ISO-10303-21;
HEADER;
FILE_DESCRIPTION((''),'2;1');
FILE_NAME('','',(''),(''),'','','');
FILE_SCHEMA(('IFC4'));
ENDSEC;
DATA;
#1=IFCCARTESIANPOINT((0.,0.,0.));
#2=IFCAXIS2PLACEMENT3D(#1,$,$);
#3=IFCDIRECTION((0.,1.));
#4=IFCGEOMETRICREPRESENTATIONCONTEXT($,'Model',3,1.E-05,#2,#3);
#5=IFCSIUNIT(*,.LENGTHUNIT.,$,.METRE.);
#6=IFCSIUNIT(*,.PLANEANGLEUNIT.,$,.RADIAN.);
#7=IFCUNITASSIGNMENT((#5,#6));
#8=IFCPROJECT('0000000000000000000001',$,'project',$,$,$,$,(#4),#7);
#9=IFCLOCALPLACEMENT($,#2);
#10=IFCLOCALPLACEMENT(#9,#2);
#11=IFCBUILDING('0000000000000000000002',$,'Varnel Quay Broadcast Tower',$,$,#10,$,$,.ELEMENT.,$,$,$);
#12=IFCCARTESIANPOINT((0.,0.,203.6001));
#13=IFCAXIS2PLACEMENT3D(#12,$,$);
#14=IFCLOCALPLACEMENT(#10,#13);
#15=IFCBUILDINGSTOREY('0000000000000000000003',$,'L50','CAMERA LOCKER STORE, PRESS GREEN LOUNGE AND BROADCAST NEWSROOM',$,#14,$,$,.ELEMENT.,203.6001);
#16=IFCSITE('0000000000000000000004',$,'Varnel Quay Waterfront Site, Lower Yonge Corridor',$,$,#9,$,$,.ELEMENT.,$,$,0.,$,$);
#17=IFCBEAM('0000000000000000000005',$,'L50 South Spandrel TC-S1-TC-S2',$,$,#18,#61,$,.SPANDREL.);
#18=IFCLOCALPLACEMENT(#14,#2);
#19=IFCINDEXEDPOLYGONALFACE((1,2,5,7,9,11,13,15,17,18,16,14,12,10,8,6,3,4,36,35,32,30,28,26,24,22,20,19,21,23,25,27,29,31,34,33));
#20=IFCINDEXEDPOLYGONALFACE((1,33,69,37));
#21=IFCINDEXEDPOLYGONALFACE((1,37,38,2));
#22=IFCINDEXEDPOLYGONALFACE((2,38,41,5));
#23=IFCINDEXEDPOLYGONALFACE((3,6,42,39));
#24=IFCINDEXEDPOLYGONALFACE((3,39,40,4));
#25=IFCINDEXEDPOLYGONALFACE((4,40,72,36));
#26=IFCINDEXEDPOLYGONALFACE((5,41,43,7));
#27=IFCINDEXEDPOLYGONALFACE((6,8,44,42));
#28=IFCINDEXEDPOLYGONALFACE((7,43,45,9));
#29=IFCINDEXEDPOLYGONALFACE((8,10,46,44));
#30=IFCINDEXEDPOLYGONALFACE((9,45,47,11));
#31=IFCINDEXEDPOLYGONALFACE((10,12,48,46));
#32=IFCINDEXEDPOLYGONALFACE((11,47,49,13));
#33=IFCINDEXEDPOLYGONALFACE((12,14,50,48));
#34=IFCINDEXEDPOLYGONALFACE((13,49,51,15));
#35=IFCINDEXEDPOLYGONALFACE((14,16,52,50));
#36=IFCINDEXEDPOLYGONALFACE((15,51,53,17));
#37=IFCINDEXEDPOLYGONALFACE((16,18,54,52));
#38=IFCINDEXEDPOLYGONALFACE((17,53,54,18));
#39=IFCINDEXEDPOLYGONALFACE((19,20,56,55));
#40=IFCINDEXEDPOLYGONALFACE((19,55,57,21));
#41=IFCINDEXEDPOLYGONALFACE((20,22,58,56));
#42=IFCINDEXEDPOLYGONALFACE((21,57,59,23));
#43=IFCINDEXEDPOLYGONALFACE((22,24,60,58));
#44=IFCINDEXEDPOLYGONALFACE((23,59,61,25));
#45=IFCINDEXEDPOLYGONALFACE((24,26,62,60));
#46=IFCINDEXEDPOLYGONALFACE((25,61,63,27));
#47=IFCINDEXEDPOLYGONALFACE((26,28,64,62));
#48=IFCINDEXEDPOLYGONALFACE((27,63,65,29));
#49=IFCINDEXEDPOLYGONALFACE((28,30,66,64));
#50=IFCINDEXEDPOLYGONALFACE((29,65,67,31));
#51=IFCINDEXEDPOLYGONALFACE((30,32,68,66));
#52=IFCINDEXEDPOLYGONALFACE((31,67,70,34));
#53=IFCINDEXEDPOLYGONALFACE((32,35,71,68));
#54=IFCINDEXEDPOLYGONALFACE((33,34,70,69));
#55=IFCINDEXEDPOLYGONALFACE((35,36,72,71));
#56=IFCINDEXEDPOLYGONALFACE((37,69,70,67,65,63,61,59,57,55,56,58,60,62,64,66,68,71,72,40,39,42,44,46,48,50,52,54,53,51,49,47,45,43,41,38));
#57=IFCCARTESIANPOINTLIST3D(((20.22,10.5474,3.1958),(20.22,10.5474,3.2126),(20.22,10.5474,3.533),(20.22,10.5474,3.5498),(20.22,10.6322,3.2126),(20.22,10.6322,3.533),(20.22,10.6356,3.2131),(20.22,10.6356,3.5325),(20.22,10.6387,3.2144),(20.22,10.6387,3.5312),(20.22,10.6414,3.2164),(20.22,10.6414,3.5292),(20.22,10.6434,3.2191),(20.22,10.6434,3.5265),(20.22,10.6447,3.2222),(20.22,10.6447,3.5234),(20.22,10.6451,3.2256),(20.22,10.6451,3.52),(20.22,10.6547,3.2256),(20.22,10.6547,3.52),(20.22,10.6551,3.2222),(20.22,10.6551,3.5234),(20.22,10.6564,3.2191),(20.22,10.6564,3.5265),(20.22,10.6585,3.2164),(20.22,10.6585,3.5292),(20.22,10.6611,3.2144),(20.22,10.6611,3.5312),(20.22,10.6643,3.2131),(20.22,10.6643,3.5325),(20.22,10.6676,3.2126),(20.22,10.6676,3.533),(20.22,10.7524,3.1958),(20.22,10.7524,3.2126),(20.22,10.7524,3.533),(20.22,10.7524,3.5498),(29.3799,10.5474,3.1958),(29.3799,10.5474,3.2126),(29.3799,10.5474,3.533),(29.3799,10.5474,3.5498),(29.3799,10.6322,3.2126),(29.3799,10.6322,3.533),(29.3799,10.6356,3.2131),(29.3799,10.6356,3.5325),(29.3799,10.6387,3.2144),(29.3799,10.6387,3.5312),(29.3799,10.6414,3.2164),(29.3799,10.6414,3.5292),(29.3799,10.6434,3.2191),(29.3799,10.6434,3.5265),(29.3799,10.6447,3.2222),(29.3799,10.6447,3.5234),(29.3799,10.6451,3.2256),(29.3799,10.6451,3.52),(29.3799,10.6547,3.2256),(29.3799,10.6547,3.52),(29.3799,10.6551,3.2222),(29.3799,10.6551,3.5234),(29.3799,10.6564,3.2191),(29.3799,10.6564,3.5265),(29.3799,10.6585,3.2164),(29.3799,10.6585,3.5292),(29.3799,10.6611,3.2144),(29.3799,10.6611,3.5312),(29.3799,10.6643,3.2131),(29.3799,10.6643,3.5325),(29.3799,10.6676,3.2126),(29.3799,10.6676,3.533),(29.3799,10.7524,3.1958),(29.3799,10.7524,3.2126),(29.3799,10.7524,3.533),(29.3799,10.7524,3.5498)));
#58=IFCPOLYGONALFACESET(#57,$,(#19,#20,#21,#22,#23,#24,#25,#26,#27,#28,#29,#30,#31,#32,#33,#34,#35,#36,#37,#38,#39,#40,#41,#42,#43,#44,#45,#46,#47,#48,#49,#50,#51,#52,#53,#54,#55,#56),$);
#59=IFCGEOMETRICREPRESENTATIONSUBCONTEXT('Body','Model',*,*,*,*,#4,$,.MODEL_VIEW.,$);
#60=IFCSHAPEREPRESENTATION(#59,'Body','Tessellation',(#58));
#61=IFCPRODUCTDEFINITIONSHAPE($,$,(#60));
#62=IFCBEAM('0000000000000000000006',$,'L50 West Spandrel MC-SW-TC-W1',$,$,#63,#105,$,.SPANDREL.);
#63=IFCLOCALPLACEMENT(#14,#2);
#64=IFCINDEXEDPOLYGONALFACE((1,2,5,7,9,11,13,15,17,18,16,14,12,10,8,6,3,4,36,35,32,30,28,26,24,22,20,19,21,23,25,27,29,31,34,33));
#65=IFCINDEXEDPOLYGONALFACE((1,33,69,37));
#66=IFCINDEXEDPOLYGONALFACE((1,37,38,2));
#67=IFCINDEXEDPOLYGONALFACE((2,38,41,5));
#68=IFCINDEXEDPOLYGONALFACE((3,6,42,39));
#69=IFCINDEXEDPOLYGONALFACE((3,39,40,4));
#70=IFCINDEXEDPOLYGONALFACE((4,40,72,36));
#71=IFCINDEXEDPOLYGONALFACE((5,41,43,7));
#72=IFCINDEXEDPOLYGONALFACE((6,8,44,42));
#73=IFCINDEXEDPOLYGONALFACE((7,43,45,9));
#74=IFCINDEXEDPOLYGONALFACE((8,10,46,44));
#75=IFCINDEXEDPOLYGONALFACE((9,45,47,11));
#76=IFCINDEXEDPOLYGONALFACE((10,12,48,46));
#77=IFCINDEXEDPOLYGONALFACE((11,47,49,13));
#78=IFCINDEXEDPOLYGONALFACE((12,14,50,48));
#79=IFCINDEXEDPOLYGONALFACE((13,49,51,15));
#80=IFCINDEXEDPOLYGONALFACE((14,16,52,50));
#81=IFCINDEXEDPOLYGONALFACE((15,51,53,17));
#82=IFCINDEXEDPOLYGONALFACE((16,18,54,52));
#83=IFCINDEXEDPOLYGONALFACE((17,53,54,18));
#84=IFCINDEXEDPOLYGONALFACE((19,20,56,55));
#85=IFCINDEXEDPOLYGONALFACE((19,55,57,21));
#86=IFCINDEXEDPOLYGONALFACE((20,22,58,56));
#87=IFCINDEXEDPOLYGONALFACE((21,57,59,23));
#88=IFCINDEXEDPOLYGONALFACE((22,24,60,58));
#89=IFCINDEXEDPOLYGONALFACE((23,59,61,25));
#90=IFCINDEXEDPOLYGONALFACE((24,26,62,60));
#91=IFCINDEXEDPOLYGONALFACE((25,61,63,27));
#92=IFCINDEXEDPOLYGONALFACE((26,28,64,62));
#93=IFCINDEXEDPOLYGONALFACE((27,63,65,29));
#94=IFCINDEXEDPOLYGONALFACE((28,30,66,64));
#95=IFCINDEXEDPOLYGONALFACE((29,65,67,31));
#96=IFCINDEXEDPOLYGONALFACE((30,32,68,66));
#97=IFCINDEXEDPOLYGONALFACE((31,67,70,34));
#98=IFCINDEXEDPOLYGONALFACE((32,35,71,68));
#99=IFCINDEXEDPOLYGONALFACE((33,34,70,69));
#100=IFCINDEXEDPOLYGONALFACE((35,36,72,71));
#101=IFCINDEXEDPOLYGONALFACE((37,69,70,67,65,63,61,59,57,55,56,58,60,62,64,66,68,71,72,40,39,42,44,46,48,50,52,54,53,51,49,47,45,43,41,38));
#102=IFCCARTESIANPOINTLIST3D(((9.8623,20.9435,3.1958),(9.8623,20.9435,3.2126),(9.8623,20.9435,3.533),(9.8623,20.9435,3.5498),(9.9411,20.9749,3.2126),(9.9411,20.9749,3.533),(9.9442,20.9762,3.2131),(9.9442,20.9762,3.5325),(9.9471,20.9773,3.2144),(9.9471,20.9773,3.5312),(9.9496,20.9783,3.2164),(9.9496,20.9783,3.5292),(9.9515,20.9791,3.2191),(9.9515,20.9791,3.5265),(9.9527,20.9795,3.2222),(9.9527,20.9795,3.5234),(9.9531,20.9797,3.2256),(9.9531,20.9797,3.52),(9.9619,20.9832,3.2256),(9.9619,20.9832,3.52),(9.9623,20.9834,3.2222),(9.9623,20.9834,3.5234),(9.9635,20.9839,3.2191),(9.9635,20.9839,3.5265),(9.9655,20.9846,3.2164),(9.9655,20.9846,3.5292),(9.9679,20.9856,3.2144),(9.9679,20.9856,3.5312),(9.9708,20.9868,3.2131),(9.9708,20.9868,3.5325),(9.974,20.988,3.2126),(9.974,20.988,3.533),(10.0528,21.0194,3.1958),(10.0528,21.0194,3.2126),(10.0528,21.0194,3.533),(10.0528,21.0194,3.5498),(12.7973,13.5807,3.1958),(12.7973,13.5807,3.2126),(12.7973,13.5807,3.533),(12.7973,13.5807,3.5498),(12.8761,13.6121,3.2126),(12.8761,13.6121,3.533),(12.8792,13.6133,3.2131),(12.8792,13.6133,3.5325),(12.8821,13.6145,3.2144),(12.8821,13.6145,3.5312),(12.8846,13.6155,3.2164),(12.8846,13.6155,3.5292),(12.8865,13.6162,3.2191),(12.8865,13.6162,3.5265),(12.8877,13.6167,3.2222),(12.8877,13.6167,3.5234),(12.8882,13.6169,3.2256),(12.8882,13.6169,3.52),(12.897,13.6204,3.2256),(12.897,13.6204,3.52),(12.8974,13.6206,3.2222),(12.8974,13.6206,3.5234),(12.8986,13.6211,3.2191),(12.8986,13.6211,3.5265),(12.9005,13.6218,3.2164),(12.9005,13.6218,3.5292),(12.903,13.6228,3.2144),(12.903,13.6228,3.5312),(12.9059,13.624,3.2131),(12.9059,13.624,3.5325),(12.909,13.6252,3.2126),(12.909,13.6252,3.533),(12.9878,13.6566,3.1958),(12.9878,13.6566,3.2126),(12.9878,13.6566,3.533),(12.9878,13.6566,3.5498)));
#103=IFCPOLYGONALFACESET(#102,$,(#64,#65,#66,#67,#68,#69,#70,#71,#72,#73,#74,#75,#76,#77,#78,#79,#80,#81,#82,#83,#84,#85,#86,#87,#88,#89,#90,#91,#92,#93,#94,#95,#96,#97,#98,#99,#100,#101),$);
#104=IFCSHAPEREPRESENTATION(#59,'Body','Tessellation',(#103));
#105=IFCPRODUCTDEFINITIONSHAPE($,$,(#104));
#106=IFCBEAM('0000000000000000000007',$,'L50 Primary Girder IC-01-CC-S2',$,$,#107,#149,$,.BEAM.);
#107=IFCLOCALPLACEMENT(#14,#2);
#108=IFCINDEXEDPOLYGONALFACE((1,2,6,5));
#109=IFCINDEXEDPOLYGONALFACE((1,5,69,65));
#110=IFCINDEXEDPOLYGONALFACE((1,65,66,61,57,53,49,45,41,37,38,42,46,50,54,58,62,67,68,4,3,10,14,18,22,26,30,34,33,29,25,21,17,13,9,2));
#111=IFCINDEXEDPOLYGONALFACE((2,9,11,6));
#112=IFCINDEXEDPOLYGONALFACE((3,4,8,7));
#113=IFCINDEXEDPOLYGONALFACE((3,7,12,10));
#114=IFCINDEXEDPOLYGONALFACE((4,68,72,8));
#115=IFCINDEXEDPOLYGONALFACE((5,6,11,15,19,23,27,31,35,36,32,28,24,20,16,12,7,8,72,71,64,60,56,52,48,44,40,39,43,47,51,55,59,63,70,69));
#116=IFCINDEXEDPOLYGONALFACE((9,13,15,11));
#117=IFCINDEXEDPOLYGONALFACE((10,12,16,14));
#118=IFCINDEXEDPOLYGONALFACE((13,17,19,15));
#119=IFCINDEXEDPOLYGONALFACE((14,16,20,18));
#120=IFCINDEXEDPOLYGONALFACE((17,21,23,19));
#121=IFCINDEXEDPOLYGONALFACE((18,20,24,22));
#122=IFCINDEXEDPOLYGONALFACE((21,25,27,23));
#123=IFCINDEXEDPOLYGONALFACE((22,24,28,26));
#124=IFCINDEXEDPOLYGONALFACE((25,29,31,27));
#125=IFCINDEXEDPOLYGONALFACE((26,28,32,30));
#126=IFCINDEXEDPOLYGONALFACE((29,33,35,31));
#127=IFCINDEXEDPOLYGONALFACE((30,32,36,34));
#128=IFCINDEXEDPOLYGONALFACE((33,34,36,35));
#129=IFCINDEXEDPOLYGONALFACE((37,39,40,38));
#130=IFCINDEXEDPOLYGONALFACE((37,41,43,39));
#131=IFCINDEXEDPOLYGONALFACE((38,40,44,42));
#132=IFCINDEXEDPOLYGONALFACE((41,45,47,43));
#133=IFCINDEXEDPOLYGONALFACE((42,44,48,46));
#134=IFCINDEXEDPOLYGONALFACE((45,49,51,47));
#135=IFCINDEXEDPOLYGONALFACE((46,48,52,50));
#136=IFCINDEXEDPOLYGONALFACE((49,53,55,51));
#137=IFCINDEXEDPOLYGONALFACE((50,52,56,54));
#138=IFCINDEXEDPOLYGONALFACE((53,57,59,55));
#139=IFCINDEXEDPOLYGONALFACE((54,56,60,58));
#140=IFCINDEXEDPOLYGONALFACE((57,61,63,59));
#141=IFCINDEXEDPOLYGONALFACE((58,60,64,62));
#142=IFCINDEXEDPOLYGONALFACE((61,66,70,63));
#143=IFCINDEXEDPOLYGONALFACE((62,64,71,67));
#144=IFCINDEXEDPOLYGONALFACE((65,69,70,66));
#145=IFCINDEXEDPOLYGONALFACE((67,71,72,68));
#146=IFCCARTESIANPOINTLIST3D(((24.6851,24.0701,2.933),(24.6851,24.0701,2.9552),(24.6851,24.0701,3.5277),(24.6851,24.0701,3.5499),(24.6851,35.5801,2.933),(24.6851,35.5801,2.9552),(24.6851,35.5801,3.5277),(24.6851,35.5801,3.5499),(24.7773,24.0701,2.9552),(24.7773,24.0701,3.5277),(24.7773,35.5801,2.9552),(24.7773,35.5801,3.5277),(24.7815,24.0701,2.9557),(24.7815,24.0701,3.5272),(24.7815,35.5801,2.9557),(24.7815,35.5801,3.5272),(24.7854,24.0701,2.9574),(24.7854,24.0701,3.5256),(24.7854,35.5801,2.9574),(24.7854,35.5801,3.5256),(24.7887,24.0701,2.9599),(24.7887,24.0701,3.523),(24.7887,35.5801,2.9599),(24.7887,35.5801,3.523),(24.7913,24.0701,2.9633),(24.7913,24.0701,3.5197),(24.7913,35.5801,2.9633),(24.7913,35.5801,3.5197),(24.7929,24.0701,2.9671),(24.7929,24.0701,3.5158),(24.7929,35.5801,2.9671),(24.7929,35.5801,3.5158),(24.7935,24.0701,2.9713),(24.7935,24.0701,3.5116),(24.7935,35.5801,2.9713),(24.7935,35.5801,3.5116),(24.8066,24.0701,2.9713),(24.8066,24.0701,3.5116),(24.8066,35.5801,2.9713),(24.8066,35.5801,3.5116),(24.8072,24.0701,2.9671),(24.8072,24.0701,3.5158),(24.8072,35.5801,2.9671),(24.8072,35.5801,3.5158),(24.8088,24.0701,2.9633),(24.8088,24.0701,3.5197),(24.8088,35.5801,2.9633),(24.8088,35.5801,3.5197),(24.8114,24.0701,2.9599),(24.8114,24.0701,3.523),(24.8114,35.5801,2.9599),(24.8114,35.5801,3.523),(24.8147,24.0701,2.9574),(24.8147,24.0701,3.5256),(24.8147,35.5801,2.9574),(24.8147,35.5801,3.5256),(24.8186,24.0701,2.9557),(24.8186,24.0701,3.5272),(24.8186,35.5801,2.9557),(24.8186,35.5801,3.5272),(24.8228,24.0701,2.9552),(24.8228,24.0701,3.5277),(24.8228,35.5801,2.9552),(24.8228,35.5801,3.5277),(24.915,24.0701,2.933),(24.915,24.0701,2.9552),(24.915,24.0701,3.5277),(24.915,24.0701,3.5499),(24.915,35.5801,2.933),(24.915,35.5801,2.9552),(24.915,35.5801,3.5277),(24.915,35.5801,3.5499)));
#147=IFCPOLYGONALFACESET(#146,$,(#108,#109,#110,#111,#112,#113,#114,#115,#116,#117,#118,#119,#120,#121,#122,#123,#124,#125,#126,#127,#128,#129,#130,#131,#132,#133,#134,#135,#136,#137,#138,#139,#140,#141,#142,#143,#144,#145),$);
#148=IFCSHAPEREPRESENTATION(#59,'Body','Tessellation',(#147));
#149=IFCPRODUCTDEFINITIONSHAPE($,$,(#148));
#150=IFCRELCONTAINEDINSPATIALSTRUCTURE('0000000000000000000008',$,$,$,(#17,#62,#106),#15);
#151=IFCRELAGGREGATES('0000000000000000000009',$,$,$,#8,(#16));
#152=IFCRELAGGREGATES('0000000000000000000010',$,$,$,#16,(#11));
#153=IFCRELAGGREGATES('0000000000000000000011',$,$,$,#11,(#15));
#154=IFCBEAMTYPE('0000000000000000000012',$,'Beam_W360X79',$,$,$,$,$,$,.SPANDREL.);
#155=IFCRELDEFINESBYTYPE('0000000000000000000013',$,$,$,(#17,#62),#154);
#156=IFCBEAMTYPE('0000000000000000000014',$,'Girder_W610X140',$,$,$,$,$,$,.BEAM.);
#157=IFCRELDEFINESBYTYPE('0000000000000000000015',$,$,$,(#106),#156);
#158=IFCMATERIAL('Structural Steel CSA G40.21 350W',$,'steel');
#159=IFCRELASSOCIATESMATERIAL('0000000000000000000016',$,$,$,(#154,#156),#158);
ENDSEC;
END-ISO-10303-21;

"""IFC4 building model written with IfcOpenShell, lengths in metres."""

from ifc_helpers import new_model, si_unit, direction, frame, origin, origin_2d, place, context, subcontext, project, spatial, i_section, extrude, source, transform, mapped, material, material_profile, profile_set, type_object, element, save


model = new_model("IFC4")

# Units and contexts
model_context = context("Model", 3, precision=1e-05, world=origin(), true_north=direction((0.0, 1.0)))
body_context = subcontext(model_context, "Body", "Model", "MODEL_VIEW")
ifc_project = project(units=[si_unit("LENGTHUNIT", "METRE"), si_unit("PLANEANGLEUNIT", "RADIAN")], contexts=[model_context])

# Site, building, storey
site_placement = place(None, origin())
site = spatial("IfcSite", under=ifc_project, at=site_placement, Name="Varnel Quay Waterfront Site, Lower Yonge Corridor", CompositionType="ELEMENT", RefElevation=0.0)
building_placement = place(site_placement, origin())
building = spatial("IfcBuilding", under=site, at=building_placement, Name="Varnel Quay Broadcast Tower", CompositionType="ELEMENT")
storey_placement = place(building_placement, frame((0.0, 0.0, 203.6001)))
storey = spatial("IfcBuildingStorey", under=building, at=storey_placement, Name="L50", Description="CAMERA LOCKER STORE, PRESS GREEN LOUNGE AND BROADCAST NEWSROOM", CompositionType="ELEMENT", Elevation=203.6001)

# Shared definitions
ifc_material_1 = material(Name="Structural Steel CSA G40.21 350W", Category="steel")

# Beams
ifc_material_profile_1 = material_profile(ifc_material_1, i_section(OverallWidth=0.2051, OverallDepth=0.354, WebThickness=0.0095, FlangeThickness=0.0168, FilletRadius=0.0129, at=origin_2d()), Name="W360X79")
ifc_profile_set_1 = profile_set([ifc_material_profile_1], Name="Structural Steel CSA G40.21 350W")
beam_type_1 = type_object("IfcBeamType", Name="Beam_W360X79", PredefinedType="SPANDREL", material=ifc_profile_set_1)
shared_shape_1 = source(origin(), body_context, "Body", "SweptSolid", [
    extrude(i_section(OverallWidth=0.2051, OverallDepth=0.354, WebThickness=0.0095, FlangeThickness=0.0168, FilletRadius=0.0129, at=origin_2d()), origin(), (0.0, 0.0, 1.0), 9.1599),
])
beam_1_placement = place(storey_placement, frame((20.22, 10.6499, 3.3728), z_axis=(1.0, 0.0, 0.0), x_axis=(0.0, 1.0, 0.0)))
element("IfcBeam", 1, at=beam_1_placement, inside=storey, type_object=beam_type_1, Name="L50 South Spandrel TC-S1-TC-S2", PredefinedType="SPANDREL", context=body_context, shape_type="MappedRepresentation", body=[
    mapped(shared_shape_1, transform((0.0, 0.0, 0.0), x_axis=(1.0, 0.0, 0.0), y_axis=(0.0, 1.0, 0.0), z_axis=(0.0, 0.0, 1.0), scale=1.0)),
])
shared_shape_2 = source(origin(), body_context, "Body", "SweptSolid", [
    extrude(i_section(OverallWidth=0.2051, OverallDepth=0.354, WebThickness=0.0095, FlangeThickness=0.0168, FilletRadius=0.0129, at=origin_2d()), origin(), (0.0, 0.0, 1.0), 7.9263),
])
beam_2_placement = place(storey_placement, frame((12.8926, 13.6187, 3.3728), z_axis=(-0.370296, 0.928914, 0.0), x_axis=(-0.928914, -0.370296, 0.0)))
element("IfcBeam", 2, at=beam_2_placement, inside=storey, type_object=beam_type_1, Name="L50 West Spandrel MC-SW-TC-W1", PredefinedType="SPANDREL", context=body_context, shape_type="MappedRepresentation", body=[
    mapped(shared_shape_2, transform((0.0, 0.0, 0.0), x_axis=(1.0, 0.0, 0.0), y_axis=(0.0, 1.0, 0.0), z_axis=(0.0, 0.0, 1.0), scale=1.0)),
])
ifc_material_profile_2 = material_profile(ifc_material_1, i_section(OverallWidth=0.23, OverallDepth=0.6169, WebThickness=0.0132, FlangeThickness=0.0222, FilletRadius=0.0161, at=origin_2d()), Name="W610X140")
ifc_profile_set_2 = profile_set([ifc_material_profile_2], Name="Structural Steel CSA G40.21 350W")
beam_type_2 = type_object("IfcBeamType", Name="Girder_W610X140", PredefinedType="BEAM", material=ifc_profile_set_2)
shared_shape_3 = source(origin(), body_context, "Body", "SweptSolid", [
    extrude(i_section(OverallWidth=0.23, OverallDepth=0.6169, WebThickness=0.0132, FlangeThickness=0.0222, FilletRadius=0.0161, at=origin_2d()), origin(), (0.0, 0.0, 1.0), 11.51),
])
beam_3_placement = place(storey_placement, frame((24.8, 24.0701, 3.2415), z_axis=(0.0, 1.0, 0.0), x_axis=(-1.0, 0.0, 0.0)))
element("IfcBeam", 3, at=beam_3_placement, inside=storey, type_object=beam_type_2, Name="L50 Primary Girder IC-01-CC-S2", PredefinedType="BEAM", context=body_context, shape_type="MappedRepresentation", body=[
    mapped(shared_shape_3, transform((0.0, 0.0, 0.0), x_axis=(1.0, 0.0, 0.0), y_axis=(0.0, 1.0, 0.0), z_axis=(0.0, 0.0, 1.0), scale=1.0)),
])

save(model, "model.ifc")
